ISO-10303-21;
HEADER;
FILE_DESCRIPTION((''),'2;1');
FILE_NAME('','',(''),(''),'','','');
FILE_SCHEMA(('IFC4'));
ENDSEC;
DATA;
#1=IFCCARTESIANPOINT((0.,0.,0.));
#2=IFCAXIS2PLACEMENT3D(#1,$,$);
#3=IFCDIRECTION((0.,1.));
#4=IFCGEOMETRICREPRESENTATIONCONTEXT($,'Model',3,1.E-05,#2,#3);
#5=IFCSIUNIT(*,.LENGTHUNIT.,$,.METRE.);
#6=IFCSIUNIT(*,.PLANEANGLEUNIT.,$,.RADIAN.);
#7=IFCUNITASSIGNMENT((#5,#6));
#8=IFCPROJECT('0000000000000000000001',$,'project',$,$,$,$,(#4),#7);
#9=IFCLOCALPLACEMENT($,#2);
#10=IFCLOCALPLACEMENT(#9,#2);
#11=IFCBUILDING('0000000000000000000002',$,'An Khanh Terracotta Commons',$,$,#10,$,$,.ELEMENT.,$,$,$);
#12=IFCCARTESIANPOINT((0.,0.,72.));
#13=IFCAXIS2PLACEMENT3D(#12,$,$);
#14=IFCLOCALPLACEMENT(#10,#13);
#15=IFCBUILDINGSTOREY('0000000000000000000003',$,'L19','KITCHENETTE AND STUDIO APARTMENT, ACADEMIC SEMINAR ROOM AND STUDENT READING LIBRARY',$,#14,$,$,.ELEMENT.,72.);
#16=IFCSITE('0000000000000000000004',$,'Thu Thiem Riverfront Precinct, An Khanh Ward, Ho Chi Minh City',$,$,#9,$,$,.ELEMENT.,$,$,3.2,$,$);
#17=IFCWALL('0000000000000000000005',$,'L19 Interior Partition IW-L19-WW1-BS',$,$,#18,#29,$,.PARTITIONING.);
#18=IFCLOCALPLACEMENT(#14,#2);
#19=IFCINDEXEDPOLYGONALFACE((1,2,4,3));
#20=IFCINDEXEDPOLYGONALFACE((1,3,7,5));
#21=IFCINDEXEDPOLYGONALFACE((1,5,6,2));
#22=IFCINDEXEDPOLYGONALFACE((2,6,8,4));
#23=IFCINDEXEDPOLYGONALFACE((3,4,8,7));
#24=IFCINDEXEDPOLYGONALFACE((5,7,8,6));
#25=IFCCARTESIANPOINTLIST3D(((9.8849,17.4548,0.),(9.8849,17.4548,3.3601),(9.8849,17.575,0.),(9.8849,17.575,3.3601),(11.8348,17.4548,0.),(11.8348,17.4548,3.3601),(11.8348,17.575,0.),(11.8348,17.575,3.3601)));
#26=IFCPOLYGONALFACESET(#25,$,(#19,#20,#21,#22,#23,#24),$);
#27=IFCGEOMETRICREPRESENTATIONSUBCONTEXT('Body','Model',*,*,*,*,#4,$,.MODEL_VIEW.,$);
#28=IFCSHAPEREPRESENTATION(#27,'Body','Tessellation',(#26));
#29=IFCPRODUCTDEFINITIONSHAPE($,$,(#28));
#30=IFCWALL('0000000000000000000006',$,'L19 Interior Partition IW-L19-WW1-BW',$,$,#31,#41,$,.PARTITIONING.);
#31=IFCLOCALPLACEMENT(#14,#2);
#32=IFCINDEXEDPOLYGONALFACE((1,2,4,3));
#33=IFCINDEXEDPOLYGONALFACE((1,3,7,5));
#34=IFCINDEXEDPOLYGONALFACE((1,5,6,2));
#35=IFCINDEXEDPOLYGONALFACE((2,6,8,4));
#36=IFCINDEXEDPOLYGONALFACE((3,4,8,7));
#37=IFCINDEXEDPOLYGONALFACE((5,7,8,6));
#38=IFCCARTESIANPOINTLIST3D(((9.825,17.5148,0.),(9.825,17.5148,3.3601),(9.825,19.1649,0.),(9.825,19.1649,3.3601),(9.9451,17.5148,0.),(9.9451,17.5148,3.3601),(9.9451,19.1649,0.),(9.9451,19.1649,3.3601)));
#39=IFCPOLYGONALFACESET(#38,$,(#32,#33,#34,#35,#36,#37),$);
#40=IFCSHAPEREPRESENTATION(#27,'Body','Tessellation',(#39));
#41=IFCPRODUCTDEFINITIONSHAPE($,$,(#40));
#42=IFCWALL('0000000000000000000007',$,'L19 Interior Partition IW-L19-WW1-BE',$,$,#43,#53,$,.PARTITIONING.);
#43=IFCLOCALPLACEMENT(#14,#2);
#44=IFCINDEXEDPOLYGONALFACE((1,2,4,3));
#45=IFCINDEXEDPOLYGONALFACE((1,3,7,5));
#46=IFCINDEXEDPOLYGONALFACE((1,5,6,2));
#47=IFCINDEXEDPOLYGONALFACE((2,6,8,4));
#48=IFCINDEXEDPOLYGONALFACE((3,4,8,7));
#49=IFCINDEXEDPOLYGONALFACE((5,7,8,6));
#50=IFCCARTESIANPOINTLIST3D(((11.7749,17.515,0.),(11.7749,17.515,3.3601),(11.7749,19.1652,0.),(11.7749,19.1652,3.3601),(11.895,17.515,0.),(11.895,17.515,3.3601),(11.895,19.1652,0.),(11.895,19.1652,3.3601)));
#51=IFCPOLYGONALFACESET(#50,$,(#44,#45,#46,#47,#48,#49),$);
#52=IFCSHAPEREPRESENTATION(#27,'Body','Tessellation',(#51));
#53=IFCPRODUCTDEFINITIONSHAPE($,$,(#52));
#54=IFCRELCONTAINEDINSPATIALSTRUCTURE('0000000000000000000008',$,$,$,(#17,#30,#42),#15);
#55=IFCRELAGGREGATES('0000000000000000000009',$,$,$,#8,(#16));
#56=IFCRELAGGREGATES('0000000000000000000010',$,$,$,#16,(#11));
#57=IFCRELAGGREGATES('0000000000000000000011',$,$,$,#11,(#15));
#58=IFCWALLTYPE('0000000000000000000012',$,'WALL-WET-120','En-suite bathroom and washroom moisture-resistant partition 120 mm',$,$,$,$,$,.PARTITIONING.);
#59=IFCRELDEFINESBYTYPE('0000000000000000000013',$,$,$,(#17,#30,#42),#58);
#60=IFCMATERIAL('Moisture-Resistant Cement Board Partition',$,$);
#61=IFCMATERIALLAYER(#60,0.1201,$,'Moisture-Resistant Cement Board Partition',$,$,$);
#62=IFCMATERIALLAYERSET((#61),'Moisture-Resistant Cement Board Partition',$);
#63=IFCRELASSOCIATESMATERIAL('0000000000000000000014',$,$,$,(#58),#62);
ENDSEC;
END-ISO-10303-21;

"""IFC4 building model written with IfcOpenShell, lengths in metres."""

from ifc_helpers import new_model, si_unit, direction, frame, frame_2d, origin, place, context, subcontext, project, spatial, rectangle, extrude, material, layer, layer_set, type_object, element, save


model = new_model("IFC4")

# Units and contexts
model_context = context("Model", 3, precision=1e-05, world=origin(), true_north=direction((0.0, 1.0)))
body_context = subcontext(model_context, "Body", "Model", "MODEL_VIEW")
ifc_project = project(units=[si_unit("LENGTHUNIT", "METRE"), si_unit("PLANEANGLEUNIT", "RADIAN")], contexts=[model_context])

# Site, building, storey
site_placement = place(None, origin())
site = spatial("IfcSite", under=ifc_project, at=site_placement, Name="Thu Thiem Riverfront Precinct, An Khanh Ward, Ho Chi Minh City", CompositionType="ELEMENT", RefElevation=3.2)
building_placement = place(site_placement, origin())
building = spatial("IfcBuilding", under=site, at=building_placement, Name="An Khanh Terracotta Commons", CompositionType="ELEMENT")
storey_placement = place(building_placement, frame((0.0, 0.0, 72.0)))
storey = spatial("IfcBuildingStorey", under=building, at=storey_placement, Name="L19", Description="KITCHENETTE AND STUDIO APARTMENT, ACADEMIC SEMINAR ROOM AND STUDENT READING LIBRARY", CompositionType="ELEMENT", Elevation=72.0)

# Shared definitions
ifc_material_1 = material(Name="Moisture-Resistant Cement Board Partition")
ifc_layer_1 = layer(ifc_material_1, 0.1201, Name="Moisture-Resistant Cement Board Partition")
ifc_layer_set_1 = layer_set([ifc_layer_1], Name="Moisture-Resistant Cement Board Partition")
wall_type_1 = type_object("IfcWallType", Name="WALL-WET-120", Description="En-suite bathroom and washroom moisture-resistant partition 120 mm", PredefinedType="PARTITIONING", material=ifc_layer_set_1)

# Walls
wall_1_placement = place(storey_placement, frame((11.835, 17.5149, 0.0), z_axis=(0.0, 0.0, 1.0), x_axis=(-1.0, 0.0, 0.0)))
element("IfcWall", 1, at=wall_1_placement, inside=storey, type_object=wall_type_1, Name="L19 Interior Partition IW-L19-WW1-BS", PredefinedType="PARTITIONING", context=body_context, shape_type="SweptSolid", body=[
    extrude(rectangle(XDim=1.95, YDim=0.1201, at=frame_2d((0.9751, 0.0))), origin(), (0.0, 0.0, 1.0), 3.3601),
])
for number, where, z_axis, x_axis, name in (
    (2, (9.885, 19.165, 0.0), (0.0, 0.0, 1.0), (0.0, -1.0, 0.0), "L19 Interior Partition IW-L19-WW1-BW"),
    (3, (11.835, 17.5149, 0.0), (0.0, 0.0, 1.0), (0.0, 1.0, 0.0), "L19 Interior Partition IW-L19-WW1-BE"),
):
    element("IfcWall", number, at=place(storey_placement, frame(where, z_axis=z_axis, x_axis=x_axis)), inside=storey, type_object=wall_type_1, Name=name, PredefinedType="PARTITIONING", context=body_context, shape_type="SweptSolid", body=[
        extrude(rectangle(XDim=1.6501, YDim=0.1201, at=frame_2d((0.8252, 0.0))), origin(), (0.0, 0.0, 1.0), 3.3601),
    ])

save(model, "model.ifc")
